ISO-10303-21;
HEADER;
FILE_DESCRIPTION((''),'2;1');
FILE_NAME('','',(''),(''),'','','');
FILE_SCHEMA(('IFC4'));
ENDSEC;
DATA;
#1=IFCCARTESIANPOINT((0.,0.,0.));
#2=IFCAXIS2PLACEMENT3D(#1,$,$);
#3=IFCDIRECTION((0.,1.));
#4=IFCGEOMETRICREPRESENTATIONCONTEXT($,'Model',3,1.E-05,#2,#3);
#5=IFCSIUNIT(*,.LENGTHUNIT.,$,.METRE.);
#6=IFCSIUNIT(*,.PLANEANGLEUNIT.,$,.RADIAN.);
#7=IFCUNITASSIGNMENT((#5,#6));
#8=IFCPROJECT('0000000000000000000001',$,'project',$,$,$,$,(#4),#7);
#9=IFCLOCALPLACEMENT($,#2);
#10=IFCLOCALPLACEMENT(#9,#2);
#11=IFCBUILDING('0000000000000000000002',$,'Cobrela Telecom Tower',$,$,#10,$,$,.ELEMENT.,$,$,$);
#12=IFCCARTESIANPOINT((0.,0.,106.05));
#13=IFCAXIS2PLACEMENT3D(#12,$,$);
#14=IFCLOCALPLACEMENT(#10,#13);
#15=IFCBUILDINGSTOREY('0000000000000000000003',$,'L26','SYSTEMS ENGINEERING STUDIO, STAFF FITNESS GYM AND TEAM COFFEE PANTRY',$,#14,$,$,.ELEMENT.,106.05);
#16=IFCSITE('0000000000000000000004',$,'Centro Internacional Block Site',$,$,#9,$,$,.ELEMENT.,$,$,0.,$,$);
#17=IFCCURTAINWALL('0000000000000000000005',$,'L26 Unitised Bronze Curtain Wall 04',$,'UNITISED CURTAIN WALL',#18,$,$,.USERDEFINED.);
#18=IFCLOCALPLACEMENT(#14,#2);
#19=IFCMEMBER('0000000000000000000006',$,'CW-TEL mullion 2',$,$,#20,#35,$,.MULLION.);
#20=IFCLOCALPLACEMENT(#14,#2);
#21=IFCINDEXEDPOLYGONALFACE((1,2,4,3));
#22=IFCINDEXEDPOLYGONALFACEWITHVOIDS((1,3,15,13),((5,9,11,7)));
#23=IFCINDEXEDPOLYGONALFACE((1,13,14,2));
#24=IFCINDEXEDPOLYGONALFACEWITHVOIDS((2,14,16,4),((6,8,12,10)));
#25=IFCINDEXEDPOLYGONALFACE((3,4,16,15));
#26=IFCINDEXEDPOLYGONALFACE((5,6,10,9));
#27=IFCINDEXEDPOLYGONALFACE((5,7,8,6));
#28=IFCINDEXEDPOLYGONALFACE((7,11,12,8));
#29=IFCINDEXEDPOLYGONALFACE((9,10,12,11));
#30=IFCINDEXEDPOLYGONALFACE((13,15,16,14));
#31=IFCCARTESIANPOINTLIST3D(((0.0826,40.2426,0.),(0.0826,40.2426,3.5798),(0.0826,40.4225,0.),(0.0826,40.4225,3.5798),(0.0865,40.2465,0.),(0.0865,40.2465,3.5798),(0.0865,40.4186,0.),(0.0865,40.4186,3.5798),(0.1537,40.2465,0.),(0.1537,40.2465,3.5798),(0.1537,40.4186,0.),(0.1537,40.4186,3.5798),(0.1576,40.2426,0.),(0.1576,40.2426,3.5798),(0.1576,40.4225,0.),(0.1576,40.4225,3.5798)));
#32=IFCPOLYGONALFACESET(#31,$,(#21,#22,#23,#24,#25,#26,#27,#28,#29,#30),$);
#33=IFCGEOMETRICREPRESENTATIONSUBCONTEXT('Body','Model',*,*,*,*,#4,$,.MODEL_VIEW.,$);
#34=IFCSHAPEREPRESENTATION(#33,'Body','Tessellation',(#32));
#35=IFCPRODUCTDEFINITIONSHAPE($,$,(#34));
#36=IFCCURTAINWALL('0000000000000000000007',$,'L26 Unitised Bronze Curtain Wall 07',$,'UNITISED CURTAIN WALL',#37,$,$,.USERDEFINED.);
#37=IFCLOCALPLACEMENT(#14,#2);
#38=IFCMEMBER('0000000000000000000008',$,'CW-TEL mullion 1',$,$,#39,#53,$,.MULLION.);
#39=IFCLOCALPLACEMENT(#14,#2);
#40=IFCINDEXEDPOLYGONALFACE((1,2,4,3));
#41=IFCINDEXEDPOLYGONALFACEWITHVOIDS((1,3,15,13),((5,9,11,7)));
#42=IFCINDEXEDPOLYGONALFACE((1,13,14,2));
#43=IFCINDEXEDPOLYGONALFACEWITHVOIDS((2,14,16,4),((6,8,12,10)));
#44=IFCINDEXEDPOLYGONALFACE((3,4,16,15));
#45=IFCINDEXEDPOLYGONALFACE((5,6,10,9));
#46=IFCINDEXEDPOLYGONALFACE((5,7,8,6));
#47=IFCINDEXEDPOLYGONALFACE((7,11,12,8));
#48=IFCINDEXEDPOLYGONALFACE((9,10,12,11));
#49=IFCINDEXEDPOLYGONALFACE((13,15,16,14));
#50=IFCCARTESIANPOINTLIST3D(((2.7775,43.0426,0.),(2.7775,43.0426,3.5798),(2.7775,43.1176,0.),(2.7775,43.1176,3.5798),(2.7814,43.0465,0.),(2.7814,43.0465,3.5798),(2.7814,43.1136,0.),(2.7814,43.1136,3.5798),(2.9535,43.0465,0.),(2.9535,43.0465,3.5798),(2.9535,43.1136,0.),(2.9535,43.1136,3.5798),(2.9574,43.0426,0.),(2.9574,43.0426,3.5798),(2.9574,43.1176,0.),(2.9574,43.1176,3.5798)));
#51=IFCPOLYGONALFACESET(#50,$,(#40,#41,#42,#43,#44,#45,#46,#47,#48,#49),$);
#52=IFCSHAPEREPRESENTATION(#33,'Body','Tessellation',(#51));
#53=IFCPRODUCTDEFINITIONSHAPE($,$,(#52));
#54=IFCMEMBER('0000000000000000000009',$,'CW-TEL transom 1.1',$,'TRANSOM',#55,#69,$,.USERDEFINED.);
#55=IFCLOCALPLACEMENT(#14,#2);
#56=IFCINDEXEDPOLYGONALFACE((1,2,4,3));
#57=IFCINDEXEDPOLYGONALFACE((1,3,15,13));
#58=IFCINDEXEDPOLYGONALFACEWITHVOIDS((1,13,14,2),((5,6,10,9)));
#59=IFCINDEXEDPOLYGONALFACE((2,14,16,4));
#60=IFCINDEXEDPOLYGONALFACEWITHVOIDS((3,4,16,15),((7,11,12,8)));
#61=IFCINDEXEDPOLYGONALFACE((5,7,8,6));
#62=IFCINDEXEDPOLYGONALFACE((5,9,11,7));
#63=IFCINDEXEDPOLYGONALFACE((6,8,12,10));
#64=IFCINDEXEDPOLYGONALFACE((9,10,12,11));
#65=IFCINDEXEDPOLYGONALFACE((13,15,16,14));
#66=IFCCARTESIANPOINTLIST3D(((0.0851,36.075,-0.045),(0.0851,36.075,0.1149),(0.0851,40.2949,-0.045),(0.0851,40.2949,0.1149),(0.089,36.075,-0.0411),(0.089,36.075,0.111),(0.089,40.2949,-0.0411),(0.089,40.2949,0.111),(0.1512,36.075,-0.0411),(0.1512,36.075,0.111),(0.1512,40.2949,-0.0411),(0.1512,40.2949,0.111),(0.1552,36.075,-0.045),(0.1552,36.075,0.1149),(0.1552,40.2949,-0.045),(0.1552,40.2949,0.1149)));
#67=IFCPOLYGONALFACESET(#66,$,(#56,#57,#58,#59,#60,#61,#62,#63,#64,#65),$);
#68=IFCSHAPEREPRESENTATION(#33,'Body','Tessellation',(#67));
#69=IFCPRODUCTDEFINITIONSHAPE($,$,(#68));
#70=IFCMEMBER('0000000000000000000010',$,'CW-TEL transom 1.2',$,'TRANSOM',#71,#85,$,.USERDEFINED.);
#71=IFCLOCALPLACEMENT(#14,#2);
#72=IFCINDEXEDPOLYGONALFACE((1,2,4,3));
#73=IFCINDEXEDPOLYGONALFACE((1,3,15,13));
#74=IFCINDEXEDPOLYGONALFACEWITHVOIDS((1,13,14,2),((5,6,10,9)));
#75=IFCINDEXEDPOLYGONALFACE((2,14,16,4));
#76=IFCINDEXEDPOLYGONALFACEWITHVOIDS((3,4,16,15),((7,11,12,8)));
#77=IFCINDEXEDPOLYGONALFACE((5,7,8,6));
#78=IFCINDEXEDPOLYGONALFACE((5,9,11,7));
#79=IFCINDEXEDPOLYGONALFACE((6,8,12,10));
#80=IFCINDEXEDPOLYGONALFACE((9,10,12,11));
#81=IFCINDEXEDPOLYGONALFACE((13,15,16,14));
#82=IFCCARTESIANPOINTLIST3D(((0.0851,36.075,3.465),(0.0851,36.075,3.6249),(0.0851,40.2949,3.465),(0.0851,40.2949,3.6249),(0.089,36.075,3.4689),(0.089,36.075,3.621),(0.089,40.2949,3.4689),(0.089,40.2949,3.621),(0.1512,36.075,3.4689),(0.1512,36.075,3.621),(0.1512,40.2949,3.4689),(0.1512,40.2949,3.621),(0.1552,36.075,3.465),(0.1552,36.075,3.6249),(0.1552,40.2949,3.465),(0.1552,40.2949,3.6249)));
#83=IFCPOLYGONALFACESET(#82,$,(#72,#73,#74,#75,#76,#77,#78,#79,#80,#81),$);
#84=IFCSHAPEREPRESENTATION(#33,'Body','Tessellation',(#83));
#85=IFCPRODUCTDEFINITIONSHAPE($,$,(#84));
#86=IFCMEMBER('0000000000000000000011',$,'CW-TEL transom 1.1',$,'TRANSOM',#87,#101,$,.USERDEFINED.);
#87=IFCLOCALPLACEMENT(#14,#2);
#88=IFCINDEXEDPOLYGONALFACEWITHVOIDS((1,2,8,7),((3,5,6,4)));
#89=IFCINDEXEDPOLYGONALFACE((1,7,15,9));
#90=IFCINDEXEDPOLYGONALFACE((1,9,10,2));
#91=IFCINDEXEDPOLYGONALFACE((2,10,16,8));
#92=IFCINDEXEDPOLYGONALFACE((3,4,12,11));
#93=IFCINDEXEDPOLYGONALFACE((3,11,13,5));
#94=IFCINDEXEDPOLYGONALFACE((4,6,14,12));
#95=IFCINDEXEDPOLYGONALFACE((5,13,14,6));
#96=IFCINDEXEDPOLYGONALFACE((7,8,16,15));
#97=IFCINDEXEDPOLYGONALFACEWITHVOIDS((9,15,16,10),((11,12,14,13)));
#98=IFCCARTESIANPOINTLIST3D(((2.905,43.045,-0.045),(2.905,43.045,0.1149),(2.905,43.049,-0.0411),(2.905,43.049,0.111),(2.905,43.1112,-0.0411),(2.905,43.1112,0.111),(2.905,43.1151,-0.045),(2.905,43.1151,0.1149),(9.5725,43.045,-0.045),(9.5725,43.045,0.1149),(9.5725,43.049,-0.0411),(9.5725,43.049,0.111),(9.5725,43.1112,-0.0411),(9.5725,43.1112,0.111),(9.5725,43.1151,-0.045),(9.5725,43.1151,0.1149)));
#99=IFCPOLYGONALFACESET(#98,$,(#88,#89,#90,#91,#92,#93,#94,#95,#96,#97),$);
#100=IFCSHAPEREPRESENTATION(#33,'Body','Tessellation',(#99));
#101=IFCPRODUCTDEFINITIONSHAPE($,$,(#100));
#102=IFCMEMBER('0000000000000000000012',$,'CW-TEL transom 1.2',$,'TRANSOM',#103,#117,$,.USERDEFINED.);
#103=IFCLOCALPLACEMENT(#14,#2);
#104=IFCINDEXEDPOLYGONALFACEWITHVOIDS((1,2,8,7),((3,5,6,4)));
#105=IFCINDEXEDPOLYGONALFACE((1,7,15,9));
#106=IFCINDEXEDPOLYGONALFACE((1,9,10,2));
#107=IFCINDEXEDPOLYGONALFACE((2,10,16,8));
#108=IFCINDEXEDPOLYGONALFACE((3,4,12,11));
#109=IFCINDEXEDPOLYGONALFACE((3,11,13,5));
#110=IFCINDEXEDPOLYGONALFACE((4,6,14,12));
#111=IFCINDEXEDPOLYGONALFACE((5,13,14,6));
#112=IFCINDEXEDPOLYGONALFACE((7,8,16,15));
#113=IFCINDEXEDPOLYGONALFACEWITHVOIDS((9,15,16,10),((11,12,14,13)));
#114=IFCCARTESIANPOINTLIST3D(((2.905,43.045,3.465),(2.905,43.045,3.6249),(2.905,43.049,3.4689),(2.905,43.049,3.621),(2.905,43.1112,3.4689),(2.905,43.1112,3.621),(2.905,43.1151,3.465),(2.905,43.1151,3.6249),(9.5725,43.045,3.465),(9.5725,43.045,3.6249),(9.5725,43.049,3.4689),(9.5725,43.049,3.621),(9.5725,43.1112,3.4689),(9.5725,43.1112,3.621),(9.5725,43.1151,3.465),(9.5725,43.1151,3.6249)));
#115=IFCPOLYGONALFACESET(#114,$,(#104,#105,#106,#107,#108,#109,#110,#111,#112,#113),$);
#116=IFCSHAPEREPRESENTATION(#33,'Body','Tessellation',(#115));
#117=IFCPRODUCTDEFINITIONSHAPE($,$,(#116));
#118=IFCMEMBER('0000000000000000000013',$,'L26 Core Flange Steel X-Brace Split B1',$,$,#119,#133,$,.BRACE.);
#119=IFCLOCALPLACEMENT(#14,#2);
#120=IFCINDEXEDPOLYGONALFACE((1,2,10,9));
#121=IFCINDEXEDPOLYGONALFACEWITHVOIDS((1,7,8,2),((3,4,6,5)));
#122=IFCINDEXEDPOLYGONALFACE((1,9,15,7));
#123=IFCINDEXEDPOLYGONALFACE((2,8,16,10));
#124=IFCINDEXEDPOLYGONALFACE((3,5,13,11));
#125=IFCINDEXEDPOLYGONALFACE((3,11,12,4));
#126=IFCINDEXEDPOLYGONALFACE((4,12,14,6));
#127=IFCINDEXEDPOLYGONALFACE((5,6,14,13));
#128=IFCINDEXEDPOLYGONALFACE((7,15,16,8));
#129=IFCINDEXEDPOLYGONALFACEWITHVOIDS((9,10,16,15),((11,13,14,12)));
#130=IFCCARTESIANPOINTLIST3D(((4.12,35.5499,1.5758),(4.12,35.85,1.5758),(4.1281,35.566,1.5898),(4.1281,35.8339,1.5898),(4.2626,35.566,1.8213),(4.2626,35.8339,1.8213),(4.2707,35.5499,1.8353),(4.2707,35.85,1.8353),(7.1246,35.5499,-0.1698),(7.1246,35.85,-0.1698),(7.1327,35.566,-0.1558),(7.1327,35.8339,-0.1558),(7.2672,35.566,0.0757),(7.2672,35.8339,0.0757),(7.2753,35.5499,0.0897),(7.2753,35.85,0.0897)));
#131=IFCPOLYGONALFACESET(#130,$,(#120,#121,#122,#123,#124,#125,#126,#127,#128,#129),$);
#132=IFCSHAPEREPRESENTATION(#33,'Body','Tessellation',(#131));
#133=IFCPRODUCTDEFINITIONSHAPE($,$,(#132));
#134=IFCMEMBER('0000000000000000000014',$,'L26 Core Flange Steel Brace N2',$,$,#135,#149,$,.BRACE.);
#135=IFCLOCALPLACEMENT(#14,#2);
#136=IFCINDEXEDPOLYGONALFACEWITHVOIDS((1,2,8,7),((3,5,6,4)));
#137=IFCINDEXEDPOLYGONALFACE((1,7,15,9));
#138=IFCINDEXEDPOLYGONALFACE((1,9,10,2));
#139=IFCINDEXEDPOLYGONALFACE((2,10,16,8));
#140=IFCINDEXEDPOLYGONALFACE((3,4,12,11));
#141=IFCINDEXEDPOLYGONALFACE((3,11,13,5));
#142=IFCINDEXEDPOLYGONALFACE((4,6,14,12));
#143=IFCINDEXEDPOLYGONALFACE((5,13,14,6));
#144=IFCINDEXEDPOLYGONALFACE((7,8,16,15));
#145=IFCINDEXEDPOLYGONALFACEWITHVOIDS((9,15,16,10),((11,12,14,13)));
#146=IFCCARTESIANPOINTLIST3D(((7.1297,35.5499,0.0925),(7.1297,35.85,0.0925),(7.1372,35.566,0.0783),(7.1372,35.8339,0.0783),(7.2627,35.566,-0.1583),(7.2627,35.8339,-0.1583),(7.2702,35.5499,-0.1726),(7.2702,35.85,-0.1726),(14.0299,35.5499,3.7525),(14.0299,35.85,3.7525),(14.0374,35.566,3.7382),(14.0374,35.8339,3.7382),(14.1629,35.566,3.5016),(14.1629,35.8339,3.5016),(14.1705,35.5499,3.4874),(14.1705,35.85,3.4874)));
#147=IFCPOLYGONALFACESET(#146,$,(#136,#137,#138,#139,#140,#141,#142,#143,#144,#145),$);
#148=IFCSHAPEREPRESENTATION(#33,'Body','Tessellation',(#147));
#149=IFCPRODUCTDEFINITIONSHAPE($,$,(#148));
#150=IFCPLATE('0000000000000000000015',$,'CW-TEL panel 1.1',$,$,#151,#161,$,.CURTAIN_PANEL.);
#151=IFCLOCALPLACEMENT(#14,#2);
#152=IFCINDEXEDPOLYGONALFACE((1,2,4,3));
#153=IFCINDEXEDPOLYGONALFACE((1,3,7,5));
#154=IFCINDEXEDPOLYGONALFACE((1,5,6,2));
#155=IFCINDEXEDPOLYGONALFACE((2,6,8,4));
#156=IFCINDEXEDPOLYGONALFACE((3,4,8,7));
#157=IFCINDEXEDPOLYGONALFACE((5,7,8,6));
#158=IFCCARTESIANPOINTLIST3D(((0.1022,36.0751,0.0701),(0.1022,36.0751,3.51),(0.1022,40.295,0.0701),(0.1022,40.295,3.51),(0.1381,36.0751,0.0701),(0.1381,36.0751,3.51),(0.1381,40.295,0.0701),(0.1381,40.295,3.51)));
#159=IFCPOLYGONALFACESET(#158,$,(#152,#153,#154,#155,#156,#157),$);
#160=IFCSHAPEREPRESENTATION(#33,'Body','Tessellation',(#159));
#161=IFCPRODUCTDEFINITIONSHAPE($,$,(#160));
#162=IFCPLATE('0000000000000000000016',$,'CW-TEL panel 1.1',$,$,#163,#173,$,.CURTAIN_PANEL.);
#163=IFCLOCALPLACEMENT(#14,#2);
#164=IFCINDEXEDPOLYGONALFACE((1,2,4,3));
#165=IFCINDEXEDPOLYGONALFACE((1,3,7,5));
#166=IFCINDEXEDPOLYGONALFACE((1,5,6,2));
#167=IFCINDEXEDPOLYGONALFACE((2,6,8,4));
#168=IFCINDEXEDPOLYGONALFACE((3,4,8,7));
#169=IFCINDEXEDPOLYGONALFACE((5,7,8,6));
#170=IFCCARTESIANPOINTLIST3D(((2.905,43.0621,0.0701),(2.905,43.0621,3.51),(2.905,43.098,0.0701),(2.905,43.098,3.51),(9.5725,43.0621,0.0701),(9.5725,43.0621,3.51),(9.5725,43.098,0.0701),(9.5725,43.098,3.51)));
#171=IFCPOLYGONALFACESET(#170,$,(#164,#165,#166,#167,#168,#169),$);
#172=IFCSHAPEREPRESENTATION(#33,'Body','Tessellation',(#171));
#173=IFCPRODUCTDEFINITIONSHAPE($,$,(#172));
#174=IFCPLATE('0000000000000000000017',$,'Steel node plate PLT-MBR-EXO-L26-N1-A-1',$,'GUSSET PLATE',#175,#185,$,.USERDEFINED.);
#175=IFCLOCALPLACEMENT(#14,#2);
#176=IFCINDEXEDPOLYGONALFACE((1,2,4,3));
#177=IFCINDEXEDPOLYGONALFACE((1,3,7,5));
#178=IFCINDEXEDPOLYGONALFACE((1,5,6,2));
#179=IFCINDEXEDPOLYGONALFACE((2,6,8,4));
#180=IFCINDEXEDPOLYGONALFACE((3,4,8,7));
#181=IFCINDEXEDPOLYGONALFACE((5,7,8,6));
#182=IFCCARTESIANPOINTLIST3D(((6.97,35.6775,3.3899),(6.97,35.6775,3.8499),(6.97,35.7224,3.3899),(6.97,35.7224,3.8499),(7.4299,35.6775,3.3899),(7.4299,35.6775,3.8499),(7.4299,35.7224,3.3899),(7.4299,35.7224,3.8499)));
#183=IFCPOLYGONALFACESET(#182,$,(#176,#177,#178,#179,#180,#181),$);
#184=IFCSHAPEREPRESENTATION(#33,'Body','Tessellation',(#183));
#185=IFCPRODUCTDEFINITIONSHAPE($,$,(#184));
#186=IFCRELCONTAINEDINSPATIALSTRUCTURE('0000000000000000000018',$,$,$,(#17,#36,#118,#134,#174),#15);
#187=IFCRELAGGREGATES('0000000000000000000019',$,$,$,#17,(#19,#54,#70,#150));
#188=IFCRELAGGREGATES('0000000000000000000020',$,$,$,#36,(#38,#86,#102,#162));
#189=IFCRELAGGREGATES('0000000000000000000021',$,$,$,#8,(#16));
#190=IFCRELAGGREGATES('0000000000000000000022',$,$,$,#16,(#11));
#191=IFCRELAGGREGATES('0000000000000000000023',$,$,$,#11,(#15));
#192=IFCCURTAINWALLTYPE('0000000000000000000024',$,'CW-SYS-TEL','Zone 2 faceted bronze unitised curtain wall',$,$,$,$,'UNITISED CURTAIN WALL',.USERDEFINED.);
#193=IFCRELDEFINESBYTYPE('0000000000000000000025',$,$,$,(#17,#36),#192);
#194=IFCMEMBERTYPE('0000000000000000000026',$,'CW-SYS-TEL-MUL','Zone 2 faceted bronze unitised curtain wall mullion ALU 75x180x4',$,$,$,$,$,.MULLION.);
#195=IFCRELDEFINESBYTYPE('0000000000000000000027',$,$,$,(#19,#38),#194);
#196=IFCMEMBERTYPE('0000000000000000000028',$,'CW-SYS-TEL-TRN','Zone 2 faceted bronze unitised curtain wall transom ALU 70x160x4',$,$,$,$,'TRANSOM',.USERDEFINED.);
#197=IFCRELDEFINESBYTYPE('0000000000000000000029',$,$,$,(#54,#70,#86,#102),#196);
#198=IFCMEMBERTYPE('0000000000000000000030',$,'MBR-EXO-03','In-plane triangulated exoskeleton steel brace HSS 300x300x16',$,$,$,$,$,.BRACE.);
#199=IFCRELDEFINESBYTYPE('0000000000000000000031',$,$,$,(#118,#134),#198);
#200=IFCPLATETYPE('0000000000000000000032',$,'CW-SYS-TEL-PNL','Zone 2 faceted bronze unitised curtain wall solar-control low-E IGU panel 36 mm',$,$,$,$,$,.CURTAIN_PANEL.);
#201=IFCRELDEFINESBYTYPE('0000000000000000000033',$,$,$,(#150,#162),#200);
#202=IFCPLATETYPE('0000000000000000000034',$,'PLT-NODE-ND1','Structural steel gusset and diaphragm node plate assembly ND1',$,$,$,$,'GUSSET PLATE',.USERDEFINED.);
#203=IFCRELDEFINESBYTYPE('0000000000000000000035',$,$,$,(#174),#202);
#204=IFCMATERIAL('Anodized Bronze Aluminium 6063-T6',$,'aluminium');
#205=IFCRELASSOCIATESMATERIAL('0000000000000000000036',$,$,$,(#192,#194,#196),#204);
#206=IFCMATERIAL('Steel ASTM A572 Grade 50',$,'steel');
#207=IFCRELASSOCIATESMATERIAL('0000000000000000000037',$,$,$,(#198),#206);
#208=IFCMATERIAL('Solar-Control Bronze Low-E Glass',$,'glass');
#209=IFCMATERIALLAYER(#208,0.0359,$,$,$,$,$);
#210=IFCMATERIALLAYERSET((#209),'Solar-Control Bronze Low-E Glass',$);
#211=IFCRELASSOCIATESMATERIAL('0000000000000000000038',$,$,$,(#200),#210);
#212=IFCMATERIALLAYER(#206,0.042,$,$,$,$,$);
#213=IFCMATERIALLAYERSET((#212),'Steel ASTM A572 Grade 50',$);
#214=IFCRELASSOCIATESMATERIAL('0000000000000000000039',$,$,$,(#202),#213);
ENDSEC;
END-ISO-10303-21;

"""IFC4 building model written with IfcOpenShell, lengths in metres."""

from ifc_helpers import new_model, si_unit, direction, frame, origin, origin_2d, place, context, subcontext, project, spatial, rectangle, hollow_rectangle, extrude, material, layer, layer_set, material_profile, profile_set, type_object, element, aggregate, save


model = new_model("IFC4")

# Units and contexts
model_context = context("Model", 3, precision=1e-05, world=origin(), true_north=direction((0.0, 1.0)))
body_context = subcontext(model_context, "Body", "Model", "MODEL_VIEW")
ifc_project = project(units=[si_unit("LENGTHUNIT", "METRE"), si_unit("PLANEANGLEUNIT", "RADIAN")], contexts=[model_context])

# Site, building, storey
site_placement = place(None, origin())
site = spatial("IfcSite", under=ifc_project, at=site_placement, Name="Centro Internacional Block Site", CompositionType="ELEMENT", RefElevation=0.0)
building_placement = place(site_placement, origin())
building = spatial("IfcBuilding", under=site, at=building_placement, Name="Cobrela Telecom Tower", CompositionType="ELEMENT")
storey_placement = place(building_placement, frame((0.0, 0.0, 106.05)))
storey = spatial("IfcBuildingStorey", under=building, at=storey_placement, Name="L26", Description="SYSTEMS ENGINEERING STUDIO, STAFF FITNESS GYM AND TEAM COFFEE PANTRY", CompositionType="ELEMENT", Elevation=106.05)

# Shared definitions
ifc_material_1 = material(Name="Steel ASTM A572 Grade 50", Category="steel")

# Curtain wall, member
ifc_material_2 = material(Name="Anodized Bronze Aluminium 6063-T6", Category="aluminium")
curtain_wall_type = type_object("IfcCurtainWallType", Name="CW-SYS-TEL", Description="Zone 2 faceted bronze unitised curtain wall", ElementType="UNITISED CURTAIN WALL", PredefinedType="USERDEFINED", material=ifc_material_2)
curtain_wall_1_placement = place(storey_placement, origin())
curtain_wall_1 = element("IfcCurtainWall", 1, at=curtain_wall_1_placement, inside=storey, type_object=curtain_wall_type, Name="L26 Unitised Bronze Curtain Wall 04", ObjectType="UNITISED CURTAIN WALL", PredefinedType="USERDEFINED")
ifc_material_profile_1 = material_profile(ifc_material_2, hollow_rectangle(XDim=0.075, YDim=0.1799, WallThickness=0.0039, at=origin_2d()), Name="ALU 75x180x4")
ifc_profile_set_1 = profile_set([ifc_material_profile_1], Name="Anodized Bronze Aluminium 6063-T6")
member_type_1 = type_object("IfcMemberType", Name="CW-SYS-TEL-MUL", Description="Zone 2 faceted bronze unitised curtain wall mullion ALU 75x180x4", PredefinedType="MULLION", material=ifc_profile_set_1)
member_1_placement = place(storey_placement, frame((0.1201, 40.3325, 0.0), z_axis=(0.0, 0.0, 1.0), x_axis=(-1.0, 0.0, 0.0)))
member_1 = element("IfcMember", 2, at=member_1_placement, type_object=member_type_1, Name="CW-TEL mullion 2", PredefinedType="MULLION", context=body_context, shape_type="SweptSolid", body=[
    extrude(hollow_rectangle(XDim=0.075, YDim=0.1799, WallThickness=0.0039, at=origin_2d()), origin(), (0.0, 0.0, 1.0), 3.5798),
])

# Curtain wall, member
curtain_wall_2_placement = place(storey_placement, origin())
curtain_wall_2 = element("IfcCurtainWall", 3, at=curtain_wall_2_placement, inside=storey, type_object=curtain_wall_type, Name="L26 Unitised Bronze Curtain Wall 07", ObjectType="UNITISED CURTAIN WALL", PredefinedType="USERDEFINED")
member_2_placement = place(storey_placement, frame((2.8674, 43.0801, 0.0), z_axis=(0.0, 0.0, 1.0), x_axis=(0.0, 1.0, 0.0)))
member_2 = element("IfcMember", 4, at=member_2_placement, type_object=member_type_1, Name="CW-TEL mullion 1", PredefinedType="MULLION", context=body_context, shape_type="SweptSolid", body=[
    extrude(hollow_rectangle(XDim=0.075, YDim=0.1799, WallThickness=0.0039, at=origin_2d()), origin(), (0.0, 0.0, 1.0), 3.5798),
])

# Members
ifc_material_profile_2 = material_profile(ifc_material_2, hollow_rectangle(XDim=0.0701, YDim=0.1599, WallThickness=0.0039, at=origin_2d()), Name="ALU 70x160x4")
ifc_profile_set_2 = profile_set([ifc_material_profile_2], Name="Anodized Bronze Aluminium 6063-T6")
member_type_2 = type_object("IfcMemberType", Name="CW-SYS-TEL-TRN", Description="Zone 2 faceted bronze unitised curtain wall transom ALU 70x160x4", ElementType="TRANSOM", PredefinedType="USERDEFINED", material=ifc_profile_set_2)
member_3_placement = place(storey_placement, frame((0.1201, 36.075, 0.0349), z_axis=(0.0, 1.0, 0.0), x_axis=(-1.0, 0.0, 0.0)))
member_3 = element("IfcMember", 5, at=member_3_placement, type_object=member_type_2, Name="CW-TEL transom 1.1", ObjectType="TRANSOM", PredefinedType="USERDEFINED", context=body_context, shape_type="SweptSolid", body=[
    extrude(hollow_rectangle(XDim=0.0701, YDim=0.1599, WallThickness=0.0039, at=origin_2d()), origin(), (0.0, 0.0, 1.0), 4.22),
])
member_4_placement = place(storey_placement, frame((0.1201, 36.075, 3.5449), z_axis=(0.0, 1.0, 0.0), x_axis=(-1.0, 0.0, 0.0)))
member_4 = element("IfcMember", 6, at=member_4_placement, type_object=member_type_2, Name="CW-TEL transom 1.2", ObjectType="TRANSOM", PredefinedType="USERDEFINED", context=body_context, shape_type="SweptSolid", body=[
    extrude(hollow_rectangle(XDim=0.0701, YDim=0.1599, WallThickness=0.0039, at=origin_2d()), origin(), (0.0, 0.0, 1.0), 4.22),
])
member_5_placement = place(storey_placement, frame((2.905, 43.0801, 0.0349), z_axis=(1.0, 0.0, 0.0), x_axis=(0.0, 1.0, 0.0)))
member_5 = element("IfcMember", 7, at=member_5_placement, type_object=member_type_2, Name="CW-TEL transom 1.1", ObjectType="TRANSOM", PredefinedType="USERDEFINED", context=body_context, shape_type="SweptSolid", body=[
    extrude(hollow_rectangle(XDim=0.0701, YDim=0.1599, WallThickness=0.0039, at=origin_2d()), origin(), (0.0, 0.0, 1.0), 6.6675),
])
member_6_placement = place(storey_placement, frame((2.905, 43.0801, 3.5449), z_axis=(1.0, 0.0, 0.0), x_axis=(0.0, 1.0, 0.0)))
member_6 = element("IfcMember", 8, at=member_6_placement, type_object=member_type_2, Name="CW-TEL transom 1.2", ObjectType="TRANSOM", PredefinedType="USERDEFINED", context=body_context, shape_type="SweptSolid", body=[
    extrude(hollow_rectangle(XDim=0.0701, YDim=0.1599, WallThickness=0.0039, at=origin_2d()), origin(), (0.0, 0.0, 1.0), 6.6675),
])

# Members
ifc_material_profile_3 = material_profile(ifc_material_1, hollow_rectangle(XDim=0.3, YDim=0.3, WallThickness=0.0161, at=origin_2d()), Name="HSS 300x300x16")
ifc_profile_set_3 = profile_set([ifc_material_profile_3], Name="Steel ASTM A572 Grade 50")
member_type_3 = type_object("IfcMemberType", Name="MBR-EXO-03", Description="In-plane triangulated exoskeleton steel brace HSS 300x300x16", PredefinedType="BRACE", material=ifc_profile_set_3)
member_7_placement = place(storey_placement, frame((7.2, 35.7, -0.04), z_axis=(-0.864667, 0.0, 0.502346), x_axis=(0.0, -1.0, 0.0)))
element("IfcMember", 9, at=member_7_placement, inside=storey, type_object=member_type_3, Name="L26 Core Flange Steel X-Brace Split B1", PredefinedType="BRACE", context=body_context, shape_type="SweptSolid", body=[
    extrude(hollow_rectangle(XDim=0.3, YDim=0.3, WallThickness=0.0161, at=origin_2d()), origin(), (0.0, 0.0, 1.0), 3.4749),
])
member_8_placement = place(storey_placement, frame((7.2, 35.7, -0.04), z_axis=(0.883423, 0.0, 0.468577), x_axis=(0.0, 1.0, 0.0)))
element("IfcMember", 10, at=member_8_placement, inside=storey, type_object=member_type_3, Name="L26 Core Flange Steel Brace N2", PredefinedType="BRACE", context=body_context, shape_type="SweptSolid", body=[
    extrude(hollow_rectangle(XDim=0.3, YDim=0.3, WallThickness=0.0161, at=origin_2d()), origin(), (0.0, 0.0, 1.0), 7.8108),
])

# Plates
ifc_material_3 = material(Name="Solar-Control Bronze Low-E Glass", Category="glass")
ifc_layer_1 = layer(ifc_material_3, 0.0359)
ifc_layer_set_1 = layer_set([ifc_layer_1], Name="Solar-Control Bronze Low-E Glass")
plate_type_1 = type_object("IfcPlateType", Name="CW-SYS-TEL-PNL", Description="Zone 2 faceted bronze unitised curtain wall solar-control low-E IGU panel 36 mm", PredefinedType="CURTAIN_PANEL", material=ifc_layer_set_1)
plate_1_placement = place(storey_placement, frame((0.1201, 38.1851, 0.0701), z_axis=(0.0, 0.0, 1.0), x_axis=(0.0, 1.0, 0.0)))
plate_1 = element("IfcPlate", 11, at=plate_1_placement, type_object=plate_type_1, Name="CW-TEL panel 1.1", PredefinedType="CURTAIN_PANEL", context=body_context, shape_type="SweptSolid", body=[
    extrude(rectangle(XDim=4.22, YDim=0.0359, at=origin_2d()), origin(), (0.0, 0.0, 1.0), 3.4399),
])
aggregate(curtain_wall_1, [member_1, member_3, member_4, plate_1])
plate_2_placement = place(storey_placement, frame((6.2388, 43.0801, 0.0701), z_axis=(0.0, 0.0, 1.0), x_axis=(1.0, 0.0, 0.0)))
plate_2 = element("IfcPlate", 12, at=plate_2_placement, type_object=plate_type_1, Name="CW-TEL panel 1.1", PredefinedType="CURTAIN_PANEL", context=body_context, shape_type="SweptSolid", body=[
    extrude(rectangle(XDim=6.6675, YDim=0.0359, at=origin_2d()), origin(), (0.0, 0.0, 1.0), 3.4399),
])
aggregate(curtain_wall_2, [member_2, member_5, member_6, plate_2])

# Plate
ifc_layer_2 = layer(ifc_material_1, 0.042)
ifc_layer_set_2 = layer_set([ifc_layer_2], Name="Steel ASTM A572 Grade 50")
plate_type_2 = type_object("IfcPlateType", Name="PLT-NODE-ND1", Description="Structural steel gusset and diaphragm node plate assembly ND1", ElementType="GUSSET PLATE", PredefinedType="USERDEFINED", material=ifc_layer_set_2)
for number, where, z_axis, x_axis, name in (
    (13, (7.2, 35.7, 3.3899), (0.0, 0.0, 1.0), (1.0, 0.0, 0.0), "Steel node plate PLT-MBR-EXO-L26-N1-A-1"),
):
    element("IfcPlate", number, at=place(storey_placement, frame(where, z_axis=z_axis, x_axis=x_axis)), inside=storey, type_object=plate_type_2, Name=name, ObjectType="GUSSET PLATE", PredefinedType="USERDEFINED", context=body_context, shape_type="SweptSolid", body=[
        extrude(rectangle(XDim=0.46, YDim=0.0449, at=origin_2d()), origin(), (0.0, 0.0, 1.0), 0.46),
    ])

save(model, "model.ifc")
